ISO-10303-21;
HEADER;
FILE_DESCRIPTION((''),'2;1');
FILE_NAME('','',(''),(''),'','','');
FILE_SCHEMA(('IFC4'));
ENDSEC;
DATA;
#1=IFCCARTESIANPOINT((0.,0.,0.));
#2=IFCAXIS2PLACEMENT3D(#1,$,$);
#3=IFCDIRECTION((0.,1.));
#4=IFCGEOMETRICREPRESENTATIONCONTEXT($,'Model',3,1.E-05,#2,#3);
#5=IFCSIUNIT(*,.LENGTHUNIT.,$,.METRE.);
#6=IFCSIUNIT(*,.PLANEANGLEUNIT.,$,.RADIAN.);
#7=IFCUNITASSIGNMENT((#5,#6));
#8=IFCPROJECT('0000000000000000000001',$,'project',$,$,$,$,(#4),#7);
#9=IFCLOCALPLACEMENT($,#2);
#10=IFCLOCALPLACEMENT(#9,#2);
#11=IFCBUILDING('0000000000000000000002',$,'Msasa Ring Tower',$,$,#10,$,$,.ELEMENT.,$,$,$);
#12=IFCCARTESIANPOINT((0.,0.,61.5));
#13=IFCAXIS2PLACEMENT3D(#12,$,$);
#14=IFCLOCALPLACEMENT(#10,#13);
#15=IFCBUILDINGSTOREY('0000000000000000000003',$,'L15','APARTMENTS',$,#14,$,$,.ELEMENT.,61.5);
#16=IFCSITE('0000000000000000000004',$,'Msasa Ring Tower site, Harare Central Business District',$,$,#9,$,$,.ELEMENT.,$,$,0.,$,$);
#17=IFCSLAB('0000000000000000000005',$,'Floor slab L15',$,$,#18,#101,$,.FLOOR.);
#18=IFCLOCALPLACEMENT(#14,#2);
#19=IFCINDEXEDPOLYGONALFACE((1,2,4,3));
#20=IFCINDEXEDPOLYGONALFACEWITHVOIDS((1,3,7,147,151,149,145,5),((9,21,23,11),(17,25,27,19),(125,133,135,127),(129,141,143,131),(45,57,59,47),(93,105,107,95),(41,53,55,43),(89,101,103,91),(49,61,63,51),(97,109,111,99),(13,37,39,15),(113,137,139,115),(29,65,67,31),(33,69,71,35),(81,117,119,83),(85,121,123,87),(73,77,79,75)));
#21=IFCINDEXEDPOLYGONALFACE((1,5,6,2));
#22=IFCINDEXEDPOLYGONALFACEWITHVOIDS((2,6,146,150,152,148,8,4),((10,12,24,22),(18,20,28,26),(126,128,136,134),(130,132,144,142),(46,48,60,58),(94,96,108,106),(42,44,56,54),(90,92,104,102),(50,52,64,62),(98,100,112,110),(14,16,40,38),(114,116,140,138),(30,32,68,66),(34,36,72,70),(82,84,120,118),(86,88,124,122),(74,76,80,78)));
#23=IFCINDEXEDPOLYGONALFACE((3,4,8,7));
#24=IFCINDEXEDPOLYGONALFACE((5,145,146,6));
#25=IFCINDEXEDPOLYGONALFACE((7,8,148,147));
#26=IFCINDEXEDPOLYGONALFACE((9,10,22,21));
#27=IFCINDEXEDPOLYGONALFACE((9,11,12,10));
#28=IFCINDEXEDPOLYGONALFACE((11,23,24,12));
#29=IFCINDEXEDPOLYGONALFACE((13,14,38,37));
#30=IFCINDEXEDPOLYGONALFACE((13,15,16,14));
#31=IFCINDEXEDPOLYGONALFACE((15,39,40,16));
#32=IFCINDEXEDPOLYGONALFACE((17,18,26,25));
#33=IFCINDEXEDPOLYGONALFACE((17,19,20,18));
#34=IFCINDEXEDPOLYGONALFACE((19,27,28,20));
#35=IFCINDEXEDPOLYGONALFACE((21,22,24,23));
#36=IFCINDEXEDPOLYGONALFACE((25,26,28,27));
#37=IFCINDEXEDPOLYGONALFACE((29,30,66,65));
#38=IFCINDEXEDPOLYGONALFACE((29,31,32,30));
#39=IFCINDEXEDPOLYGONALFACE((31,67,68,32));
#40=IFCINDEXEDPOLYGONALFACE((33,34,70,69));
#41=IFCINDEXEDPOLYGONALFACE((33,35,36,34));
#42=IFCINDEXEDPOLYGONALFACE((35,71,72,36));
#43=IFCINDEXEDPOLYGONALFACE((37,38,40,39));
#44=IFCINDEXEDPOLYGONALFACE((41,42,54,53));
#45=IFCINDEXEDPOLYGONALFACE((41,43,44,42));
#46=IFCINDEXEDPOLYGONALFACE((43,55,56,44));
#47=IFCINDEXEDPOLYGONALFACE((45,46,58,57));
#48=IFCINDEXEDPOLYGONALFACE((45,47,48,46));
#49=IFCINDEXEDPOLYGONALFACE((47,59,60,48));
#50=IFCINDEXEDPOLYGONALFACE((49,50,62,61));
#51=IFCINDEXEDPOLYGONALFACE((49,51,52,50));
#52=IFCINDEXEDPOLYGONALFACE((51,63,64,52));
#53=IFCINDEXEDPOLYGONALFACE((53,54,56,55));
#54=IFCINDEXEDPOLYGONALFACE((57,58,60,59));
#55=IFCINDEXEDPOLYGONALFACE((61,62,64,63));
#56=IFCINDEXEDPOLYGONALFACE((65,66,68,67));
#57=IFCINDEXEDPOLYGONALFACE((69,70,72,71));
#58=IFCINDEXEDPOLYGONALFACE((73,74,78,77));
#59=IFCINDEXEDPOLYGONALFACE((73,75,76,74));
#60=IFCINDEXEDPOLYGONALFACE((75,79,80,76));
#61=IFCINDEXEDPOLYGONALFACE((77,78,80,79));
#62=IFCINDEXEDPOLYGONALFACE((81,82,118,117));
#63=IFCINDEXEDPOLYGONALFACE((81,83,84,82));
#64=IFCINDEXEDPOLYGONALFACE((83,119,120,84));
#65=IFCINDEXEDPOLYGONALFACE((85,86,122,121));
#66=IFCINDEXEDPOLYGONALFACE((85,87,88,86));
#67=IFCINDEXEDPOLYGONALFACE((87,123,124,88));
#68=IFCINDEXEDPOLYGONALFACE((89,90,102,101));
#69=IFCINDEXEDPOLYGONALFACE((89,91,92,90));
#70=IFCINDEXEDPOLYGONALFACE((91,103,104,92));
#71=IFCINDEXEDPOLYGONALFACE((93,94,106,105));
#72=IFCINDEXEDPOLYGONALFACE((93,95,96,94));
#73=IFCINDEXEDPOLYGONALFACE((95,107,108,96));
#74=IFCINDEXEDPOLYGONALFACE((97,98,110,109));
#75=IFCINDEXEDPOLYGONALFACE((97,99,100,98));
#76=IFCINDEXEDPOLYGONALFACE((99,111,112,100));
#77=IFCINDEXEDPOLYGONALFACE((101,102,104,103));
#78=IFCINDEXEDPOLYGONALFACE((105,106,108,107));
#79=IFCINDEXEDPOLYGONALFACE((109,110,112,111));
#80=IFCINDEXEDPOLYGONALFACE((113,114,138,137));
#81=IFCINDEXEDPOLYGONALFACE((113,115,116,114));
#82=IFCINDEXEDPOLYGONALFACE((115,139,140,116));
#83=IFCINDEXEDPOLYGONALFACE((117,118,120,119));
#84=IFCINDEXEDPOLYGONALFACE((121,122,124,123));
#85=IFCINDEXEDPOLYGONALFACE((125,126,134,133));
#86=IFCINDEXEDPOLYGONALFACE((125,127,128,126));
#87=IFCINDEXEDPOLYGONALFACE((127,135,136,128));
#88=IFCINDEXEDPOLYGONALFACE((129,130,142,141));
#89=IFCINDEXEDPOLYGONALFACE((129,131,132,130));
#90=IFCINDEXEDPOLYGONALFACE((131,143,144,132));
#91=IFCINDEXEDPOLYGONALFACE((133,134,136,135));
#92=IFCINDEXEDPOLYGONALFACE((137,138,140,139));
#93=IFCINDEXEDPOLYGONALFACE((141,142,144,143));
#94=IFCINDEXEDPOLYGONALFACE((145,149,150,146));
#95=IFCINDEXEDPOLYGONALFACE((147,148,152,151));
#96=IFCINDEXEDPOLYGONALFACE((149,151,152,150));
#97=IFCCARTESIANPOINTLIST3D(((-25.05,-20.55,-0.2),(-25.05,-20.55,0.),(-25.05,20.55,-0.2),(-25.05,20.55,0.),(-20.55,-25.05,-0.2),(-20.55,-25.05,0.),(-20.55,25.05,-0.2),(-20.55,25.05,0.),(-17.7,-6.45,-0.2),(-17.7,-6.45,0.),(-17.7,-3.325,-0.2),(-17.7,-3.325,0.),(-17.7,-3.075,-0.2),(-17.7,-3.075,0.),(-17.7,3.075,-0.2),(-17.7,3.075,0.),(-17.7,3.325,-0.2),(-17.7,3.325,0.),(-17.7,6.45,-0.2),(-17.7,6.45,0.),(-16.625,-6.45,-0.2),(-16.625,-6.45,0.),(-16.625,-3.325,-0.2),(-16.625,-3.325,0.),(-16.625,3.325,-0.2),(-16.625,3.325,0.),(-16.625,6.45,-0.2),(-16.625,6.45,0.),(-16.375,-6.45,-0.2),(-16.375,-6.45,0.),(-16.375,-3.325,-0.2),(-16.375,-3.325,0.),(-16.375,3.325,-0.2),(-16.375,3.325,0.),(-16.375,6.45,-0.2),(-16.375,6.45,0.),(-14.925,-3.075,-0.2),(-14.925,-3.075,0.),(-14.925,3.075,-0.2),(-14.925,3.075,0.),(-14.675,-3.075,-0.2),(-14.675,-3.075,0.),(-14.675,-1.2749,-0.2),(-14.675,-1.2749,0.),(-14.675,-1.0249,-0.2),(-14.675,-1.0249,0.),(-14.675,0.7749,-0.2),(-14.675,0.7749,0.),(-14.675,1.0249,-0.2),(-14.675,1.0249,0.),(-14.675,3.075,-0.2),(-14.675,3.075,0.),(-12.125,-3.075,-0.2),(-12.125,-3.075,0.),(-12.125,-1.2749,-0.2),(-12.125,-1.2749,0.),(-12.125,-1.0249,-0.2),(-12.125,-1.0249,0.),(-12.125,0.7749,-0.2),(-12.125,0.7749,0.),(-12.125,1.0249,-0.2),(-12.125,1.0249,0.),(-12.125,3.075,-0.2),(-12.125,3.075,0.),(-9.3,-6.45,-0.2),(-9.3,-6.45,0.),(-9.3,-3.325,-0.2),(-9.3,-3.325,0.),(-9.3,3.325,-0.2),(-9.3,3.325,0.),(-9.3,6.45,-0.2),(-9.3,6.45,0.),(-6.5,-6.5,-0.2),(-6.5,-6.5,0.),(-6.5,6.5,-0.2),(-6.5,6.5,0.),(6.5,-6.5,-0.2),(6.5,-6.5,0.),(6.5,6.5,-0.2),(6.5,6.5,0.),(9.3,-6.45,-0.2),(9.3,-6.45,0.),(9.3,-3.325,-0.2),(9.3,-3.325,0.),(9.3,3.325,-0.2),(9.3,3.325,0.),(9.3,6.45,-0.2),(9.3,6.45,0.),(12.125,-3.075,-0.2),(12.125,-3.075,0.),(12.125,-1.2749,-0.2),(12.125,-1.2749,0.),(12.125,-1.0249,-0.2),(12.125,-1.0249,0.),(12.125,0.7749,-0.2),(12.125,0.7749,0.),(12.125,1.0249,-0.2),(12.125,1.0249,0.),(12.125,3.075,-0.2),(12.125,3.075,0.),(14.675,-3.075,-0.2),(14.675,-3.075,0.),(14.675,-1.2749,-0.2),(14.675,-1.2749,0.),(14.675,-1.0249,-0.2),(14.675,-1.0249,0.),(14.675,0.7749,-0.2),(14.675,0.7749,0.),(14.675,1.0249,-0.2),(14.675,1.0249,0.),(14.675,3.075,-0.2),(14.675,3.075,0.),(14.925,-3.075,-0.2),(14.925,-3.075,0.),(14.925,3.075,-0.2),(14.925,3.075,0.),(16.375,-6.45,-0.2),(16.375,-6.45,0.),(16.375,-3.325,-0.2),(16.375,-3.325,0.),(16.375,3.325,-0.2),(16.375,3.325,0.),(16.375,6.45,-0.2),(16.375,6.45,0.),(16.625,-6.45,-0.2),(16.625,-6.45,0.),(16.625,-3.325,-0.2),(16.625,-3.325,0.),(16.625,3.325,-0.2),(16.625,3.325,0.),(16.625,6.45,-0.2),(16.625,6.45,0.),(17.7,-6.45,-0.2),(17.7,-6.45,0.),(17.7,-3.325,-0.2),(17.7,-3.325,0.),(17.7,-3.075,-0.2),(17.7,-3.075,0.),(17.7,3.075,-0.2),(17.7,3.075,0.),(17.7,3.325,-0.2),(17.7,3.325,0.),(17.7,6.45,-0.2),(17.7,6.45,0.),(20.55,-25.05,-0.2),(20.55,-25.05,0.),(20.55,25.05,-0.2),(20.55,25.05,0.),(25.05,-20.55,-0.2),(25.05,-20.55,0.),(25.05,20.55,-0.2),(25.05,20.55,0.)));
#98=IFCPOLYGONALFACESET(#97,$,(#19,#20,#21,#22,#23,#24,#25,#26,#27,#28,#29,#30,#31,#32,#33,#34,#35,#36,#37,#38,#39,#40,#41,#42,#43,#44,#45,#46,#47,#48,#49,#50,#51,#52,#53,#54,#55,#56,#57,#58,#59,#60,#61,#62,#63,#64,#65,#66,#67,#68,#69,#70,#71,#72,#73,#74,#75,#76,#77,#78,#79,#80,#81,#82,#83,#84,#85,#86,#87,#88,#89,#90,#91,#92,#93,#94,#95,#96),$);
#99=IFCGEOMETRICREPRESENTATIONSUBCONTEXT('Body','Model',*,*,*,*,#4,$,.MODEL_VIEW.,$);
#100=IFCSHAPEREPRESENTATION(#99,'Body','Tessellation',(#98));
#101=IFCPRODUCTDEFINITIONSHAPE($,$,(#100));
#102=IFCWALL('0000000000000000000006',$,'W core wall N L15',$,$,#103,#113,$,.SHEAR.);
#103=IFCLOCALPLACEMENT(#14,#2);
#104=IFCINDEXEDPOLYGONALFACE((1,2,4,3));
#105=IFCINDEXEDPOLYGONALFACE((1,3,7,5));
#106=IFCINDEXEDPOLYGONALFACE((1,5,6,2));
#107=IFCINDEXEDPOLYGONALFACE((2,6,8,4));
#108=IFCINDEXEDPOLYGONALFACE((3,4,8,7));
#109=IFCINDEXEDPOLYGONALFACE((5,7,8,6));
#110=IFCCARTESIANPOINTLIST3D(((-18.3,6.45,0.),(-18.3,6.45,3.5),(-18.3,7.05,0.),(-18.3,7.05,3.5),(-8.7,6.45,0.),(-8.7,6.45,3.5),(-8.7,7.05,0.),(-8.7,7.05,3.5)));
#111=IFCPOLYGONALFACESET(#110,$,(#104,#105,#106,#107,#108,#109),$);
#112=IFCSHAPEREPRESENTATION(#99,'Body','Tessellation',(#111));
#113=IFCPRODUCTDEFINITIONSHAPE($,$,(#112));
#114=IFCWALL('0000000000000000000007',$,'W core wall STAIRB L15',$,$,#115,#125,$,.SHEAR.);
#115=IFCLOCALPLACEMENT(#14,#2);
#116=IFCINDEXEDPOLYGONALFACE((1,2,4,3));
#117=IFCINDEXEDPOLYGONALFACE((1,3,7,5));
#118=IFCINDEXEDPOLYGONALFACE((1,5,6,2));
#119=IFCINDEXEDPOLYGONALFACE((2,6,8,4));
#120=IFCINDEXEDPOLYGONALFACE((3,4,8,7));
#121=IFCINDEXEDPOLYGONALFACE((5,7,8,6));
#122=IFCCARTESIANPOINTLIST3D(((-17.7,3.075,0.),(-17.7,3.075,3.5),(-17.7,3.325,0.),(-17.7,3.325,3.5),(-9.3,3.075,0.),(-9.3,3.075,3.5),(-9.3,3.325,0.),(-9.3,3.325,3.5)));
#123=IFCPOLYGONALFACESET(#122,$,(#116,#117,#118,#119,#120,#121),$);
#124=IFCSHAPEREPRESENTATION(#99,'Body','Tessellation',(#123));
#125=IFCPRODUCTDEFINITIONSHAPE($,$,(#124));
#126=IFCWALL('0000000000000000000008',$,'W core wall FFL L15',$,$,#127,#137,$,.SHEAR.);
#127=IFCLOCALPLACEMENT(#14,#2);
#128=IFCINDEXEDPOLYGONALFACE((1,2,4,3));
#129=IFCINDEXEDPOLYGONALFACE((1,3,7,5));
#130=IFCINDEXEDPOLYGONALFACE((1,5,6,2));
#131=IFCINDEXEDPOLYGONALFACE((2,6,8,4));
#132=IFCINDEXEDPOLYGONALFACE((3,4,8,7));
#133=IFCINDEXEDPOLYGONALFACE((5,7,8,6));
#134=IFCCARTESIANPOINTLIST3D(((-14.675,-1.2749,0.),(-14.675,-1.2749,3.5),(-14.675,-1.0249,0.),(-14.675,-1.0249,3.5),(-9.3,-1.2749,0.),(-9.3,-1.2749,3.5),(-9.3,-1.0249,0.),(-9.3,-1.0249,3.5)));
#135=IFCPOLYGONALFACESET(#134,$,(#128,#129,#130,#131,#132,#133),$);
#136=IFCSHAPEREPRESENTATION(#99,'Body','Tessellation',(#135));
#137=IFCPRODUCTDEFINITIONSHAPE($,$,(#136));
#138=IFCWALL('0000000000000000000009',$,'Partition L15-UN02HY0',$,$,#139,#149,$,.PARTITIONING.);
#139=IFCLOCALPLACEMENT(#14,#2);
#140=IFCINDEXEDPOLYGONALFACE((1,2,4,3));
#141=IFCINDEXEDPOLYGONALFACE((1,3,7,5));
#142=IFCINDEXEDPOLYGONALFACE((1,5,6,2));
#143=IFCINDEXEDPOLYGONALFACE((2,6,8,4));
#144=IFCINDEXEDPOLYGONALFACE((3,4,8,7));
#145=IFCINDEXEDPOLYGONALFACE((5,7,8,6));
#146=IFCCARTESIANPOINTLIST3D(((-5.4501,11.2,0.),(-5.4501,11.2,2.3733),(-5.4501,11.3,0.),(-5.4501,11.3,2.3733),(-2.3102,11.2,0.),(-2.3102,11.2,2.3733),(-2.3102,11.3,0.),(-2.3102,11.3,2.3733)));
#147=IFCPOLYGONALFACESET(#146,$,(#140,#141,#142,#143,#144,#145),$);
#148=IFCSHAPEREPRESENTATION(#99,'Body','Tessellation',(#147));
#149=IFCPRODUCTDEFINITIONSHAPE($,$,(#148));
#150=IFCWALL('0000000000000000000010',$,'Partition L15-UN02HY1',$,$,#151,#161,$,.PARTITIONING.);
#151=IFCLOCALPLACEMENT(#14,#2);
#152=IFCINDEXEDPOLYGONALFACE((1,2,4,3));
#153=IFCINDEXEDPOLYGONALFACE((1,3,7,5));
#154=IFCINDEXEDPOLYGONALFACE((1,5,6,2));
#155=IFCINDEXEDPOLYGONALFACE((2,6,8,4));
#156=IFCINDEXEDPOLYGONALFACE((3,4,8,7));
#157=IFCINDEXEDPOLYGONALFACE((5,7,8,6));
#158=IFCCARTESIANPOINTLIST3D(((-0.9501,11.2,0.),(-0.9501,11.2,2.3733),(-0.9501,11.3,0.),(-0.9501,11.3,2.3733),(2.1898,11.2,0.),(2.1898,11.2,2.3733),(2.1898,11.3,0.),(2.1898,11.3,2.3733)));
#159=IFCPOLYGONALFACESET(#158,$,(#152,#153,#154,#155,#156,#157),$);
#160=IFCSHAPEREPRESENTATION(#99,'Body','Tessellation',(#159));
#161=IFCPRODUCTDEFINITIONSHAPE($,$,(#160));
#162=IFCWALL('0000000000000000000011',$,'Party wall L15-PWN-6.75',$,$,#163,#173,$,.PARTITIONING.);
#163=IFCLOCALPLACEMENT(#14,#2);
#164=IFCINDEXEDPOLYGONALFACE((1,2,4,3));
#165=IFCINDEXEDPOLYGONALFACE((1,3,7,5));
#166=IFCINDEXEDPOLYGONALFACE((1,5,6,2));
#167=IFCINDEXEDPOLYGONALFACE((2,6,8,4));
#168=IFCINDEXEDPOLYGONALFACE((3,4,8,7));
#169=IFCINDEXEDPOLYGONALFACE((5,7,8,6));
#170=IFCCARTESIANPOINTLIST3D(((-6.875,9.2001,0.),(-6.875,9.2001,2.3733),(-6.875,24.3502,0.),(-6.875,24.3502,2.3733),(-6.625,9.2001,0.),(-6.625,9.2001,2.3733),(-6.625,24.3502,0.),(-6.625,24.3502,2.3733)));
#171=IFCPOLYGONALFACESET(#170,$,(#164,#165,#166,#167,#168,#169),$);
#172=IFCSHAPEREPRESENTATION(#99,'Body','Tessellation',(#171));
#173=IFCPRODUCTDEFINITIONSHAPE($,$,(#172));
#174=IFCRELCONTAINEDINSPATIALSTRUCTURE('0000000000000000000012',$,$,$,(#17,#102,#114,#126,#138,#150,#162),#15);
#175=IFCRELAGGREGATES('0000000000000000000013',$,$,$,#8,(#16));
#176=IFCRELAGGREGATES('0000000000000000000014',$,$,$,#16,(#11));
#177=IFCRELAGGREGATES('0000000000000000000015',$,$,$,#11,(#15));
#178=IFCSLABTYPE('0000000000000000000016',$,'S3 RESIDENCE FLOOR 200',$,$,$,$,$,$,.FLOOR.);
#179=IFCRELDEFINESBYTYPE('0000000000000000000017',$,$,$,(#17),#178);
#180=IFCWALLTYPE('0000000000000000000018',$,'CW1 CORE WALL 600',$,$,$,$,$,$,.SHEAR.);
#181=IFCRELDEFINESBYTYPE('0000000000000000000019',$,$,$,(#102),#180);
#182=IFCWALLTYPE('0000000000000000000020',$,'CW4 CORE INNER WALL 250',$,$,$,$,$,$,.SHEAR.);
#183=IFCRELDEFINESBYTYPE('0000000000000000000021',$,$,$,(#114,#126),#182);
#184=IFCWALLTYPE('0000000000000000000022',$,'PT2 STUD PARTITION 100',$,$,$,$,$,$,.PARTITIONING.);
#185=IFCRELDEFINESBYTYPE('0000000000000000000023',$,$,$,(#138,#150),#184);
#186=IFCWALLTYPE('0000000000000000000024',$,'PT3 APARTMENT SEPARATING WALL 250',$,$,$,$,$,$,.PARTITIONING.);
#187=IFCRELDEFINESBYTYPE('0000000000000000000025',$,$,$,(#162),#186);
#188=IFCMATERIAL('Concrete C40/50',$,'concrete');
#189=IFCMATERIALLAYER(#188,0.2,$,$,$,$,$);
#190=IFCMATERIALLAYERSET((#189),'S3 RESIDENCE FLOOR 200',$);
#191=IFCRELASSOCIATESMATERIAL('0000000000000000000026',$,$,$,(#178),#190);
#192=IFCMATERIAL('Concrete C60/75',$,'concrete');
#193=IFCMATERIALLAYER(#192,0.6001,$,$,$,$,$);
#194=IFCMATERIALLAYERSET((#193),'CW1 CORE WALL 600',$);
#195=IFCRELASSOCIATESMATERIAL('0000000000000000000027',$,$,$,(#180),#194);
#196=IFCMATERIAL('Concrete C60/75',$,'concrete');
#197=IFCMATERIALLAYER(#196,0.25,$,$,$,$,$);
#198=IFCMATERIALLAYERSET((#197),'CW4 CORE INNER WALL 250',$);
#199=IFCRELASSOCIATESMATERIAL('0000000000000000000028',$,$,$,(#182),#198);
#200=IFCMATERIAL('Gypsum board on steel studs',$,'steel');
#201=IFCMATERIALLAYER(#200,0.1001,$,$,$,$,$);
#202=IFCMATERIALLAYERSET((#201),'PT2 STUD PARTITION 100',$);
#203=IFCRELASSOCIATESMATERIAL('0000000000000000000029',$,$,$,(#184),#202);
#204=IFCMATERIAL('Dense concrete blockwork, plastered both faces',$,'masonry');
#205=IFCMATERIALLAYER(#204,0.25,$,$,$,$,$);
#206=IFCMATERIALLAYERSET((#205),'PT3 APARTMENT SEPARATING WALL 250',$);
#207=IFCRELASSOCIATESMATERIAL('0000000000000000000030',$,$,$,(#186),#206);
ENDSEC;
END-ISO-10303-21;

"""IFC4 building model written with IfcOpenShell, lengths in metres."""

from ifc_helpers import new_model, si_unit, direction, frame, frame_2d, origin, place, context, subcontext, project, spatial, polyline, rectangle, outline, extrude, material, layer, layer_set, type_object, element, save


model = new_model("IFC4")

# Units and contexts
model_context = context("Model", 3, precision=1e-05, world=origin(), true_north=direction((0.0, 1.0)))
body_context = subcontext(model_context, "Body", "Model", "MODEL_VIEW")
ifc_project = project(units=[si_unit("LENGTHUNIT", "METRE"), si_unit("PLANEANGLEUNIT", "RADIAN")], contexts=[model_context])

# Site, building, storey
site_placement = place(None, origin())
site = spatial("IfcSite", under=ifc_project, at=site_placement, Name="Msasa Ring Tower site, Harare Central Business District", CompositionType="ELEMENT", RefElevation=0.0)
building_placement = place(site_placement, origin())
building = spatial("IfcBuilding", under=site, at=building_placement, Name="Msasa Ring Tower", CompositionType="ELEMENT")
storey_placement = place(building_placement, frame((0.0, 0.0, 61.5)))
storey = spatial("IfcBuildingStorey", under=building, at=storey_placement, Name="L15", Description="APARTMENTS", CompositionType="ELEMENT", Elevation=61.5)

# Slab
ifc_material_1 = material(Name="Concrete C40/50", Category="concrete")
ifc_layer_1 = layer(ifc_material_1, 0.2)
ifc_layer_set_1 = layer_set([ifc_layer_1], Name="S3 RESIDENCE FLOOR 200")
slab_type = type_object("IfcSlabType", Name="S3 RESIDENCE FLOOR 200", PredefinedType="FLOOR", material=ifc_layer_set_1)
slab_placement = place(storey_placement, frame((0.0, 0.0, -0.2)))
element("IfcSlab", 1, at=slab_placement, inside=storey, type_object=slab_type, Name="Floor slab L15", PredefinedType="FLOOR", context=body_context, shape_type="SweptSolid", body=[
    extrude(outline(polyline([(-20.55, -25.05), (20.55, -25.05), (25.05, -20.55), (25.05, 20.55), (20.55, 25.05), (-20.55, 25.05), (-25.05, 20.55), (-25.05, -20.55), (-20.55, -25.05)]), holes=[polyline([(-6.5, -6.5), (6.5, -6.5), (6.5, 6.5), (-6.5, 6.5), (-6.5, -6.5)]), polyline([(9.3, -6.45), (16.375, -6.45), (16.375, -3.325), (9.3, -3.325), (9.3, -6.45)]), polyline([(9.3, 3.325), (16.375, 3.325), (16.375, 6.45), (9.3, 6.45), (9.3, 3.325)]), polyline([(12.125, -3.075), (14.675, -3.075), (14.675, -1.2749), (12.125, -1.2749), (12.125, -3.075)]), polyline([(12.125, -1.0249), (14.675, -1.0249), (14.675, 0.7749), (12.125, 0.7749), (12.125, -1.0249)]), polyline([(12.125, 1.0249), (14.675, 1.0249), (14.675, 3.075), (12.125, 3.075), (12.125, 1.0249)]), polyline([(16.625, -6.45), (17.7, -6.45), (17.7, -3.325), (16.625, -3.325), (16.625, -6.45)]), polyline([(16.625, 3.325), (17.7, 3.325), (17.7, 6.45), (16.625, 6.45), (16.625, 3.325)]), polyline([(14.925, -3.075), (17.7, -3.075), (17.7, 3.075), (14.925, 3.075), (14.925, -3.075)]), polyline([(-16.375, -6.45), (-9.3, -6.45), (-9.3, -3.325), (-16.375, -3.325), (-16.375, -6.45)]), polyline([(-16.375, 3.325), (-9.3, 3.325), (-9.3, 6.45), (-16.375, 6.45), (-16.375, 3.325)]), polyline([(-14.675, -3.075), (-12.125, -3.075), (-12.125, -1.2749), (-14.675, -1.2749), (-14.675, -3.075)]), polyline([(-14.675, -1.0249), (-12.125, -1.0249), (-12.125, 0.7749), (-14.675, 0.7749), (-14.675, -1.0249)]), polyline([(-14.675, 1.0249), (-12.125, 1.0249), (-12.125, 3.075), (-14.675, 3.075), (-14.675, 1.0249)]), polyline([(-17.7, -6.45), (-16.625, -6.45), (-16.625, -3.325), (-17.7, -3.325), (-17.7, -6.45)]), polyline([(-17.7, 3.325), (-16.625, 3.325), (-16.625, 6.45), (-17.7, 6.45), (-17.7, 3.325)]), polyline([(-17.7, -3.075), (-14.925, -3.075), (-14.925, 3.075), (-17.7, 3.075), (-17.7, -3.075)])]), origin(), (0.0, 0.0, 1.0), 0.2),
])

# Walls
ifc_material_2 = material(Name="Concrete C60/75", Category="concrete")
ifc_layer_2 = layer(ifc_material_2, 0.6001)
ifc_layer_set_2 = layer_set([ifc_layer_2], Name="CW1 CORE WALL 600")
wall_type_1 = type_object("IfcWallType", Name="CW1 CORE WALL 600", PredefinedType="SHEAR", material=ifc_layer_set_2)
wall_1_placement = place(storey_placement, frame((-8.7, 6.75, 0.0), z_axis=(0.0, 0.0, 1.0), x_axis=(-1.0, 0.0, 0.0)))
element("IfcWall", 2, at=wall_1_placement, inside=storey, type_object=wall_type_1, Name="W core wall N L15", PredefinedType="SHEAR", context=body_context, shape_type="SweptSolid", body=[
    extrude(rectangle(XDim=9.6001, YDim=0.6001, at=frame_2d((4.8, 0.0))), origin(), (0.0, 0.0, 1.0), 3.5),
])
ifc_material_3 = material(Name="Concrete C60/75", Category="concrete")
ifc_layer_3 = layer(ifc_material_3, 0.25)
ifc_layer_set_3 = layer_set([ifc_layer_3], Name="CW4 CORE INNER WALL 250")
wall_type_2 = type_object("IfcWallType", Name="CW4 CORE INNER WALL 250", PredefinedType="SHEAR", material=ifc_layer_set_3)
wall_2_placement = place(storey_placement, frame((-9.3, 3.2, 0.0), z_axis=(0.0, 0.0, 1.0), x_axis=(-1.0, 0.0, 0.0)))
element("IfcWall", 3, at=wall_2_placement, inside=storey, type_object=wall_type_2, Name="W core wall STAIRB L15", PredefinedType="SHEAR", context=body_context, shape_type="SweptSolid", body=[
    extrude(rectangle(XDim=8.3999, YDim=0.25, at=frame_2d((4.2, 0.0))), origin(), (0.0, 0.0, 1.0), 3.5),
])
wall_3_placement = place(storey_placement, frame((-9.3, -1.1499, 0.0), z_axis=(0.0, 0.0, 1.0), x_axis=(-1.0, 0.0, 0.0)))
element("IfcWall", 4, at=wall_3_placement, inside=storey, type_object=wall_type_2, Name="W core wall FFL L15", PredefinedType="SHEAR", context=body_context, shape_type="SweptSolid", body=[
    extrude(rectangle(XDim=5.375, YDim=0.25, at=frame_2d((2.6875, 0.0))), origin(), (0.0, 0.0, 1.0), 3.5),
])
ifc_material_4 = material(Name="Gypsum board on steel studs", Category="steel")
ifc_layer_4 = layer(ifc_material_4, 0.1001)
ifc_layer_set_4 = layer_set([ifc_layer_4], Name="PT2 STUD PARTITION 100")
wall_type_3 = type_object("IfcWallType", Name="PT2 STUD PARTITION 100", PredefinedType="PARTITIONING", material=ifc_layer_set_4)
for number, where, z_axis, x_axis, name in (
    (5, (-5.45, 11.25, 0.0), (0.0, 0.0, 1.0), (1.0, 0.0, 0.0), "Partition L15-UN02HY0"),
    (6, (-0.95, 11.25, 0.0), (0.0, 0.0, 1.0), (1.0, 0.0, 0.0), "Partition L15-UN02HY1"),
):
    element("IfcWall", number, at=place(storey_placement, frame(where, z_axis=z_axis, x_axis=x_axis)), inside=storey, type_object=wall_type_3, Name=name, PredefinedType="PARTITIONING", context=body_context, shape_type="SweptSolid", body=[
        extrude(rectangle(XDim=3.1399, YDim=0.1001, at=frame_2d((1.5698, 0.0))), origin(), (0.0, 0.0, 1.0), 2.3733),
    ])
ifc_material_5 = material(Name="Dense concrete blockwork, plastered both faces", Category="masonry")
ifc_layer_5 = layer(ifc_material_5, 0.25)
ifc_layer_set_5 = layer_set([ifc_layer_5], Name="PT3 APARTMENT SEPARATING WALL 250")
wall_type_4 = type_object("IfcWallType", Name="PT3 APARTMENT SEPARATING WALL 250", PredefinedType="PARTITIONING", material=ifc_layer_set_5)
wall_4_placement = place(storey_placement, frame((-6.75, 9.2, 0.0), z_axis=(0.0, 0.0, 1.0), x_axis=(0.0, 1.0, 0.0)))
element("IfcWall", 7, at=wall_4_placement, inside=storey, type_object=wall_type_4, Name="Party wall L15-PWN-6.75", PredefinedType="PARTITIONING", context=body_context, shape_type="SweptSolid", body=[
    extrude(rectangle(XDim=15.1501, YDim=0.25, at=frame_2d((7.5752, 0.0))), origin(), (0.0, 0.0, 1.0), 2.3733),
])

save(model, "model.ifc")
